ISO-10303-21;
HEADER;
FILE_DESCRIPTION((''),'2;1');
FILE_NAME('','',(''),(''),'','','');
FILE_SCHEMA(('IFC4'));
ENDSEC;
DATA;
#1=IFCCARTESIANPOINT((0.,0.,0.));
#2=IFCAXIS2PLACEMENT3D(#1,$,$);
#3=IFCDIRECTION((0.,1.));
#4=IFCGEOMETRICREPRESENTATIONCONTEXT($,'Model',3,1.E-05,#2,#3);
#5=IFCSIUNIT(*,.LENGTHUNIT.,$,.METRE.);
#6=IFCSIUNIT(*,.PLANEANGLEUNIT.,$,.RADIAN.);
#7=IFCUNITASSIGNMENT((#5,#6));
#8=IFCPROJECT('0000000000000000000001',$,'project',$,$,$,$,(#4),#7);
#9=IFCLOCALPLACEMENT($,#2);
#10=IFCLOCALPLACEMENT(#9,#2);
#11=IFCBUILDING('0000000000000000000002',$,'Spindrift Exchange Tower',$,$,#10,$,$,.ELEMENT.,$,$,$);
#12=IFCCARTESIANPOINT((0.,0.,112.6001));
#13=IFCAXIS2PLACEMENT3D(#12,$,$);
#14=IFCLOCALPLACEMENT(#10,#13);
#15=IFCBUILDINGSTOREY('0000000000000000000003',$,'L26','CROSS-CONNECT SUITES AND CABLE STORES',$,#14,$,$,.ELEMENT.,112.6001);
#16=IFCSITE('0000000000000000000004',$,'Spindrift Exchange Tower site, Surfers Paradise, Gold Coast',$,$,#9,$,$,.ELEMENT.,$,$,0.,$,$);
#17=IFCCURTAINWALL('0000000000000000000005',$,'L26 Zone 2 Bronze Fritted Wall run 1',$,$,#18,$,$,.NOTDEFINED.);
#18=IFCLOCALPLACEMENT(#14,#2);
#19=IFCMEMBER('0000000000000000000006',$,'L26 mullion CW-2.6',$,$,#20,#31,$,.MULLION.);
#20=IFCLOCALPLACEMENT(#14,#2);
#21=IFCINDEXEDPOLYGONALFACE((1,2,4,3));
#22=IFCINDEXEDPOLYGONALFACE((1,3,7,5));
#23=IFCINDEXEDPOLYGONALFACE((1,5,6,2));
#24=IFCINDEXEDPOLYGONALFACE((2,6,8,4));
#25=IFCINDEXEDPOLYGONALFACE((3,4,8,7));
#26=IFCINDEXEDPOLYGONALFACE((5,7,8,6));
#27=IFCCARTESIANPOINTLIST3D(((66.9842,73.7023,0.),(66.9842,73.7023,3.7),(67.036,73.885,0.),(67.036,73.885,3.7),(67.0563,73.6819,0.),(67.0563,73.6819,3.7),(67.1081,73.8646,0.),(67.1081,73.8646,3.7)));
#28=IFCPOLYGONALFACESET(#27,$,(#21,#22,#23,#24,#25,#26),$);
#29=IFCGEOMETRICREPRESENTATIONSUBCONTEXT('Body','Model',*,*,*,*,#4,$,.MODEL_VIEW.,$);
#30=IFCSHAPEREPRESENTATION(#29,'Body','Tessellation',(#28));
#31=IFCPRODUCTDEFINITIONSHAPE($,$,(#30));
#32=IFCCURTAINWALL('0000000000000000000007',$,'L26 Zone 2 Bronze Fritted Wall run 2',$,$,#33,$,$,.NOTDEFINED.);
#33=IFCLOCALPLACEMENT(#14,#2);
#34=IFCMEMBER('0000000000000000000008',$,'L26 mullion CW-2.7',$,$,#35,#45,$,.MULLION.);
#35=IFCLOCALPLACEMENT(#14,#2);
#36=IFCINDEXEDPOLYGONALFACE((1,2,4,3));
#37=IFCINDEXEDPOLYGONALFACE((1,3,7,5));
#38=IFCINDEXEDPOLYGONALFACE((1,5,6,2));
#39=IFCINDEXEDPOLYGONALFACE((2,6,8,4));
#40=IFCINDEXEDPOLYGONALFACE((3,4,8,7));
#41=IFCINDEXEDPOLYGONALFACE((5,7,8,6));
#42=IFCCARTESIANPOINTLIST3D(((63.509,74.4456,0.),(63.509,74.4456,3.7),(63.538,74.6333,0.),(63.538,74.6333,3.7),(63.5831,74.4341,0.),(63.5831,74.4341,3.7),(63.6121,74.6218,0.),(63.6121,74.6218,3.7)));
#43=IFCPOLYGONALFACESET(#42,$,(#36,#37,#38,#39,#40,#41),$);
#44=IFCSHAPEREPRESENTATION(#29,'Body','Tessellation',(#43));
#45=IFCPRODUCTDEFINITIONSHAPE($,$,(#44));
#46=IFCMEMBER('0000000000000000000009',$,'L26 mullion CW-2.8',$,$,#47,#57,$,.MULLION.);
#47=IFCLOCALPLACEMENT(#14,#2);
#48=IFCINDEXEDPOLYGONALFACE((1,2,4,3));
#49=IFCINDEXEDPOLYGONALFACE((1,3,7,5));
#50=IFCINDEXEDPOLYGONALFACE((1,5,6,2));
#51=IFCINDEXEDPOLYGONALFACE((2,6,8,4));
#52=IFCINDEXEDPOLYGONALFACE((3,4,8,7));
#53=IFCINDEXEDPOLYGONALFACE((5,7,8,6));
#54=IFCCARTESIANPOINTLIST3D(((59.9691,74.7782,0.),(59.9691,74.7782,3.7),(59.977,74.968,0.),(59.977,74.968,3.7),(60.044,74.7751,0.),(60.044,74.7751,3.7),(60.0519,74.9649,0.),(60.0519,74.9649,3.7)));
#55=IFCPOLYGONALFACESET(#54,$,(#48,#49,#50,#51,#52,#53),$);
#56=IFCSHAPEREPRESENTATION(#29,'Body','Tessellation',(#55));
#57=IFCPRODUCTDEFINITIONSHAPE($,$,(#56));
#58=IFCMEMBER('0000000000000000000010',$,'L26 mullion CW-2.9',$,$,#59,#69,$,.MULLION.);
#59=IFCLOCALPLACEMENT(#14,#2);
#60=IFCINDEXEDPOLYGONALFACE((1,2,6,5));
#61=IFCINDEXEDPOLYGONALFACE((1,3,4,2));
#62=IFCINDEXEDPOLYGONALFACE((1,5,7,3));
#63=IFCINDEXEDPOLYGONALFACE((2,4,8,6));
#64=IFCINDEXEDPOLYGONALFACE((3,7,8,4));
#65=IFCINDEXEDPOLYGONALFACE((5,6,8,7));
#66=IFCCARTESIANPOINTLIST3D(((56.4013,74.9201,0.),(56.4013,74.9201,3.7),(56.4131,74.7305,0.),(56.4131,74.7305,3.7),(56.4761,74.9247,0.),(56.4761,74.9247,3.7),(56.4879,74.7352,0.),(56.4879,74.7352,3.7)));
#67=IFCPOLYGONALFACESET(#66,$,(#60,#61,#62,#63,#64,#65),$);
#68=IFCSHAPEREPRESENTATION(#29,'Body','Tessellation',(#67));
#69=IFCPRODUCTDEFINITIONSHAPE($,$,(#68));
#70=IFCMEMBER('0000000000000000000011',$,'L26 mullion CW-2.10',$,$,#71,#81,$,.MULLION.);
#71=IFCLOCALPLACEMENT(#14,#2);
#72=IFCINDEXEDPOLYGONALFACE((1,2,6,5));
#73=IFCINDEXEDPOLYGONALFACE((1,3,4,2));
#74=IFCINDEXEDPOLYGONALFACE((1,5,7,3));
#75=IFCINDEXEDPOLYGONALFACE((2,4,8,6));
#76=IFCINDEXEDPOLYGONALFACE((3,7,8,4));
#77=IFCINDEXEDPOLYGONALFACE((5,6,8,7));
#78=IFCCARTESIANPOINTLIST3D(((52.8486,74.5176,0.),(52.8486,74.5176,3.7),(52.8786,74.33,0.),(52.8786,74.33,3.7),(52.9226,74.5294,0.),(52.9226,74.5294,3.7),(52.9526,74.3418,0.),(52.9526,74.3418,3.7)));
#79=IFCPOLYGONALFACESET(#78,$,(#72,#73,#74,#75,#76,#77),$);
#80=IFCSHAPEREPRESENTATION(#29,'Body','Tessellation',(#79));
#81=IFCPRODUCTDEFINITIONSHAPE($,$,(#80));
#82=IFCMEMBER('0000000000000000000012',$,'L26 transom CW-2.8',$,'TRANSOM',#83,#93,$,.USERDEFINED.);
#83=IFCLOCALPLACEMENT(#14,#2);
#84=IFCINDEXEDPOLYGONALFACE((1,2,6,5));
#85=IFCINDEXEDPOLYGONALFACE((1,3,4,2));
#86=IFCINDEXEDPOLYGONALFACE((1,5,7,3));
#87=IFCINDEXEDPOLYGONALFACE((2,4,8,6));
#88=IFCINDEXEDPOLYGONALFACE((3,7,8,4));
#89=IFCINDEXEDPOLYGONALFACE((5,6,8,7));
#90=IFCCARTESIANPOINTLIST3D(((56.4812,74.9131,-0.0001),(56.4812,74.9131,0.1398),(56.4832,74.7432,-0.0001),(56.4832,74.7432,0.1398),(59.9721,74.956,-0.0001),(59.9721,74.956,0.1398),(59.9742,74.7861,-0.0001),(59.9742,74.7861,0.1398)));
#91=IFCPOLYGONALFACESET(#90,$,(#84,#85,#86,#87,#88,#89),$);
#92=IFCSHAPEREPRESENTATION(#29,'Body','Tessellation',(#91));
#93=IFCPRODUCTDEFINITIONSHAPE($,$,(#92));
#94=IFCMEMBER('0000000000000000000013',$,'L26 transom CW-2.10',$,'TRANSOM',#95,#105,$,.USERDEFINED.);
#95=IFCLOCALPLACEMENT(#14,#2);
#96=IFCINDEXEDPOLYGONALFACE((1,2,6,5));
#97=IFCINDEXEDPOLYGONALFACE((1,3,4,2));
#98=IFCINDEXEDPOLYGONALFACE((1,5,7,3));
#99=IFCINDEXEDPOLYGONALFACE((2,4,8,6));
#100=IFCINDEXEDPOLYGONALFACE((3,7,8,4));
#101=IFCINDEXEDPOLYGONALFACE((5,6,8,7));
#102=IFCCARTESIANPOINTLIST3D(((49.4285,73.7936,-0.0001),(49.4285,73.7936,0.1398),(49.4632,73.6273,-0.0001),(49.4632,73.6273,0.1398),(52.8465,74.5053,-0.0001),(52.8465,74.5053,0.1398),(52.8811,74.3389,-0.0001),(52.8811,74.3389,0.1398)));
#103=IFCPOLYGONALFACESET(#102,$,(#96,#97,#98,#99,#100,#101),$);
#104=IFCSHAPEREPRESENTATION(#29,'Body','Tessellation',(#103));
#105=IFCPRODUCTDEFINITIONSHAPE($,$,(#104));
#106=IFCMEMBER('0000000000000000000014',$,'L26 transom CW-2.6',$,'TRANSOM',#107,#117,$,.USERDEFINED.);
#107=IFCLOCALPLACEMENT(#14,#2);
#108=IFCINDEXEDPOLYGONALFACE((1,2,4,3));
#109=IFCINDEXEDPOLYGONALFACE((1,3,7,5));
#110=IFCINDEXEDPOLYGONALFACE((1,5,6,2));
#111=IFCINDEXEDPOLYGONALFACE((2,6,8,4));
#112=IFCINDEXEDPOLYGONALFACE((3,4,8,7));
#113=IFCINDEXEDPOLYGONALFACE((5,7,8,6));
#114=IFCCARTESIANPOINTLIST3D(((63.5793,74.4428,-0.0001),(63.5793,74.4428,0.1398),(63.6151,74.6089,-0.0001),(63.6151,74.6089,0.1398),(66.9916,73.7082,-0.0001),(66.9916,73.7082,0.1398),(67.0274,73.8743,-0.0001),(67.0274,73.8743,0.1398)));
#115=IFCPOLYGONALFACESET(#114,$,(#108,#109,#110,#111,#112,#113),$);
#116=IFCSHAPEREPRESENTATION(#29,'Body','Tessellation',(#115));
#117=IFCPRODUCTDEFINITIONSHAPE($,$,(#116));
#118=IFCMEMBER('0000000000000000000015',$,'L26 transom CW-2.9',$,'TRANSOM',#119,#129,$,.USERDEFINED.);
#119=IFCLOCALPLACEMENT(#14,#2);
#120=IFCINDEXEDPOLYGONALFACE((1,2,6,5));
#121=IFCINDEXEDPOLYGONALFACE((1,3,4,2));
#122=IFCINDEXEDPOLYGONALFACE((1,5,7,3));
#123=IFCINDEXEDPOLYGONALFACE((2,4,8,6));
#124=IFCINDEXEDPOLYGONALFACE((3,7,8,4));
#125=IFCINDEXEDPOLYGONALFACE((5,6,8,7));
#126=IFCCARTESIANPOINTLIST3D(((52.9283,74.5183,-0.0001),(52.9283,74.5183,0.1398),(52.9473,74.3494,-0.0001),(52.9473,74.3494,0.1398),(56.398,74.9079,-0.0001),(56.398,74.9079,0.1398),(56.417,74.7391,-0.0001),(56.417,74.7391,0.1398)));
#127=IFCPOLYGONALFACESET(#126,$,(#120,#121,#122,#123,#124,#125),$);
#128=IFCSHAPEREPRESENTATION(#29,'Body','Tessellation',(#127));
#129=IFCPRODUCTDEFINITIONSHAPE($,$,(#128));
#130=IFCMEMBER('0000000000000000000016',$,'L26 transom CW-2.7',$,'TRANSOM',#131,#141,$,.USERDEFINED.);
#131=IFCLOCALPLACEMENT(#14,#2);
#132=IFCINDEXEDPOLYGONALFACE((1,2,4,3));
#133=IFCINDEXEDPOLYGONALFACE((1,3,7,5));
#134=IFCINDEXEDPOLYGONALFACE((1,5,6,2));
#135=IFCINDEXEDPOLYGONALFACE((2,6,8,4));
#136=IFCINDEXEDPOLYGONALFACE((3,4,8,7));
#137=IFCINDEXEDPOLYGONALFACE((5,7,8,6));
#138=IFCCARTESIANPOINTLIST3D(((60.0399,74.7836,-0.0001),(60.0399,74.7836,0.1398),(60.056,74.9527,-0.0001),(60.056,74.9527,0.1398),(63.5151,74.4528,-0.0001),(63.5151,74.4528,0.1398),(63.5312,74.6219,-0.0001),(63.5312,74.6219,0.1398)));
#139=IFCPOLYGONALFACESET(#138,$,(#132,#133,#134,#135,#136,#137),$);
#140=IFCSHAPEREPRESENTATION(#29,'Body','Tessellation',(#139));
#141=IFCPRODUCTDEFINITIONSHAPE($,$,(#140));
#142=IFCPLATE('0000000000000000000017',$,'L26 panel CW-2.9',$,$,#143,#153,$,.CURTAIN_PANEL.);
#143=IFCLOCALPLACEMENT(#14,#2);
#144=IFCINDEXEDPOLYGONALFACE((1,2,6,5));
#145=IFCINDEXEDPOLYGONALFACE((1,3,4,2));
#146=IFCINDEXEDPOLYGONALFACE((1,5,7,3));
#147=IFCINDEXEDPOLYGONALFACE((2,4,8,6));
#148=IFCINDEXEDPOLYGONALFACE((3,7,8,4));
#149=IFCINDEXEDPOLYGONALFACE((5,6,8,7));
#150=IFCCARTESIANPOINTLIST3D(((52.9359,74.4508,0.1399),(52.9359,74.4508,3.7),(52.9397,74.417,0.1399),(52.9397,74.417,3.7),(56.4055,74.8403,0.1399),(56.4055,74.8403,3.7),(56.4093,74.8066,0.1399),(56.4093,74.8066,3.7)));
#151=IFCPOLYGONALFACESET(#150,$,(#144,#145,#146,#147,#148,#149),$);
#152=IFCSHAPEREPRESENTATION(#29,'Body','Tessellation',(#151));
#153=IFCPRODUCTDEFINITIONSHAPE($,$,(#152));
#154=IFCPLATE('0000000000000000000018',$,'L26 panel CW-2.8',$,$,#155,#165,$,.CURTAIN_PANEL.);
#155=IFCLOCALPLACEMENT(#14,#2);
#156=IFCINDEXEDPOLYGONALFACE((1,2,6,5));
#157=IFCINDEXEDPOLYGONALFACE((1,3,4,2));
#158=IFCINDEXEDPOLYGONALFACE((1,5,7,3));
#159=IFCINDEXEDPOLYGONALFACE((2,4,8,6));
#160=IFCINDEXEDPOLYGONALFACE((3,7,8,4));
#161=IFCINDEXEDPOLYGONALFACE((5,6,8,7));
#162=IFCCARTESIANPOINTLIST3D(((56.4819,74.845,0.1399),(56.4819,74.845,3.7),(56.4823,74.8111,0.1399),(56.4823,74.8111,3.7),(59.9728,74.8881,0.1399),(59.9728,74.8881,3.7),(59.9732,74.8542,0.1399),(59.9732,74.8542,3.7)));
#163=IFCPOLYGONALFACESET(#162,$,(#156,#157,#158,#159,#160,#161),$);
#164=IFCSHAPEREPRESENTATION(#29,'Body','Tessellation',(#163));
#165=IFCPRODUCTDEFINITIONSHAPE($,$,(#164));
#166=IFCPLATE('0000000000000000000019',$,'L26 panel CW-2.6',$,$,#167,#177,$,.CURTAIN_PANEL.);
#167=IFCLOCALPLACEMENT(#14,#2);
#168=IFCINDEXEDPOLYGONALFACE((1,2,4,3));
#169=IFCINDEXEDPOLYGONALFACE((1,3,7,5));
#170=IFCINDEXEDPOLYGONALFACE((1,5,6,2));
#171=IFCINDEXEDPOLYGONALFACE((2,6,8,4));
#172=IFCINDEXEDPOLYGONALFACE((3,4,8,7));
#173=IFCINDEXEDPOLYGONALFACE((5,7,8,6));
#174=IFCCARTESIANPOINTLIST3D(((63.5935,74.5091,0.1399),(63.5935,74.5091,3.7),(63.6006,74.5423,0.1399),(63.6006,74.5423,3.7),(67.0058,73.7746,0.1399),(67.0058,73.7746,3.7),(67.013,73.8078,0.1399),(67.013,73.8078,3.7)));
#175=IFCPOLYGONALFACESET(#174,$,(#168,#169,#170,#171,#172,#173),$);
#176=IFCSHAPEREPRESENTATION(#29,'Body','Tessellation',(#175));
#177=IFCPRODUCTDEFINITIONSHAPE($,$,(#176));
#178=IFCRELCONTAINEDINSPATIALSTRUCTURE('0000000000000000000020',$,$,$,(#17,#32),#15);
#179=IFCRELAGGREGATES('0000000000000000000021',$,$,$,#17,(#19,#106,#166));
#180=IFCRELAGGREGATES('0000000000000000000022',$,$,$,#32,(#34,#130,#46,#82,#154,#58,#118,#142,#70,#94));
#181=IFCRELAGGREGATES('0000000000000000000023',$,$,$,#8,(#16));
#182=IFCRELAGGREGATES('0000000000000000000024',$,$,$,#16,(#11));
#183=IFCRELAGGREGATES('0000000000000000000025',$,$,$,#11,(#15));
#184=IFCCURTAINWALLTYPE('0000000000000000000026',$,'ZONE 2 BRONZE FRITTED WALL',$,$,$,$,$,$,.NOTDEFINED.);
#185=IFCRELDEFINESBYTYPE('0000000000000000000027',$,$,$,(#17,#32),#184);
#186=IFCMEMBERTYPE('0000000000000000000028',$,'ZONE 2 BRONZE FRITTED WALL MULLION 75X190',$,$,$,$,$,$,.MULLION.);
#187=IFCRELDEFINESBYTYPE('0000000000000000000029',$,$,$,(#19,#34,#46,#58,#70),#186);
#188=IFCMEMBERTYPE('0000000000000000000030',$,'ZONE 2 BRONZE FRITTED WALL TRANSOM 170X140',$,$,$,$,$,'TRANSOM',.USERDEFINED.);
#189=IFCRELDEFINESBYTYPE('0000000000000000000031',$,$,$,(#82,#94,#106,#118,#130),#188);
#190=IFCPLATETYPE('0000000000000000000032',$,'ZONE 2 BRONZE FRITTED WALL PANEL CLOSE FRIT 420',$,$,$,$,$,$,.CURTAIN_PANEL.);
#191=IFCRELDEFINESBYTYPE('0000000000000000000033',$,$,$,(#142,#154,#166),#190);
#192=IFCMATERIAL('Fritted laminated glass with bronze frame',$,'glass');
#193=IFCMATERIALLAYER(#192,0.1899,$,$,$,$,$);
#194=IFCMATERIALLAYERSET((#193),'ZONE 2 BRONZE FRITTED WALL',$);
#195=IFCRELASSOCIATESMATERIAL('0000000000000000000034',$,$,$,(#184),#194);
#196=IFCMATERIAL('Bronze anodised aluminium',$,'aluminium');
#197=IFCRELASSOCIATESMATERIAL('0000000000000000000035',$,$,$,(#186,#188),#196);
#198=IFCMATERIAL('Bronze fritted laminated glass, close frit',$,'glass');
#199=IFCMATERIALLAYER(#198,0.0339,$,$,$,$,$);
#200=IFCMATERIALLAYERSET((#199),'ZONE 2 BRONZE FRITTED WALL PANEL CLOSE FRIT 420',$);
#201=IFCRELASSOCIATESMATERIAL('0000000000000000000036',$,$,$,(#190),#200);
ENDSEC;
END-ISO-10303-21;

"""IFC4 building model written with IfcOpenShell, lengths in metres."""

from ifc_helpers import new_model, si_unit, direction, frame, origin, origin_2d, place, context, subcontext, project, spatial, rectangle, extrude, source, transform, mapped, material, layer, layer_set, material_profile, profile_set, type_object, element, aggregate, save


model = new_model("IFC4")

# Units and contexts
model_context = context("Model", 3, precision=1e-05, world=origin(), true_north=direction((0.0, 1.0)))
body_context = subcontext(model_context, "Body", "Model", "MODEL_VIEW")
ifc_project = project(units=[si_unit("LENGTHUNIT", "METRE"), si_unit("PLANEANGLEUNIT", "RADIAN")], contexts=[model_context])

# Site, building, storey
site_placement = place(None, origin())
site = spatial("IfcSite", under=ifc_project, at=site_placement, Name="Spindrift Exchange Tower site, Surfers Paradise, Gold Coast", CompositionType="ELEMENT", RefElevation=0.0)
building_placement = place(site_placement, origin())
building = spatial("IfcBuilding", under=site, at=building_placement, Name="Spindrift Exchange Tower", CompositionType="ELEMENT")
storey_placement = place(building_placement, frame((0.0, 0.0, 112.6001)))
storey = spatial("IfcBuildingStorey", under=building, at=storey_placement, Name="L26", Description="CROSS-CONNECT SUITES AND CABLE STORES", CompositionType="ELEMENT", Elevation=112.6001)

# Curtain wall, member
ifc_material_1 = material(Name="Fritted laminated glass with bronze frame", Category="glass")
ifc_layer_1 = layer(ifc_material_1, 0.1899)
ifc_layer_set_1 = layer_set([ifc_layer_1], Name="ZONE 2 BRONZE FRITTED WALL")
curtain_wall_type = type_object("IfcCurtainWallType", Name="ZONE 2 BRONZE FRITTED WALL", PredefinedType="NOTDEFINED", material=ifc_layer_set_1)
curtain_wall_1_placement = place(storey_placement, origin())
curtain_wall_1 = element("IfcCurtainWall", 1, at=curtain_wall_1_placement, inside=storey, type_object=curtain_wall_type, Name="L26 Zone 2 Bronze Fritted Wall run 1", PredefinedType="NOTDEFINED")
ifc_material_2 = material(Name="Bronze anodised aluminium", Category="aluminium")
ifc_material_profile_1 = material_profile(ifc_material_2, rectangle(XDim=0.075, YDim=0.1899, at=origin_2d()), Name="ZONE 2 BRONZE FRITTED WALL MULLION 75X190")
ifc_profile_set_1 = profile_set([ifc_material_profile_1], Name="Bronze anodised aluminium")
member_type_1 = type_object("IfcMemberType", Name="ZONE 2 BRONZE FRITTED WALL MULLION 75X190", PredefinedType="MULLION", material=ifc_profile_set_1)
shared_shape_1 = source(origin(), body_context, "Body", "SweptSolid", [
    extrude(rectangle(XDim=0.075, YDim=0.1899, at=origin_2d()), origin(), (0.0, 0.0, 1.0), 3.7),
])
member_1_placement = place(storey_placement, frame((67.0461, 73.7834, 0.0), z_axis=(0.0, 0.0, 1.0), x_axis=(-0.962013, 0.273005, 0.0)))
member_1 = element("IfcMember", 2, at=member_1_placement, type_object=member_type_1, Name="L26 mullion CW-2.6", PredefinedType="MULLION", context=body_context, shape_type="MappedRepresentation", body=[
    mapped(shared_shape_1, transform((0.0, 0.0, 0.0), scale=1.0)),
])

# Curtain wall, members
curtain_wall_2_placement = place(storey_placement, origin())
curtain_wall_2 = element("IfcCurtainWall", 3, at=curtain_wall_2_placement, inside=storey, type_object=curtain_wall_type, Name="L26 Zone 2 Bronze Fritted Wall run 2", PredefinedType="NOTDEFINED")
member_2_placement = place(storey_placement, frame((63.5605, 74.5337, 0.0), z_axis=(0.0, 0.0, 1.0), x_axis=(-0.988248, 0.152859, 0.0)))
member_2 = element("IfcMember", 4, at=member_2_placement, type_object=member_type_1, Name="L26 mullion CW-2.7", PredefinedType="MULLION", context=body_context, shape_type="MappedRepresentation", body=[
    mapped(shared_shape_1, transform((0.0, 0.0, 0.0), scale=1.0)),
])
member_3_placement = place(storey_placement, frame((60.0105, 74.8716, 0.0), z_axis=(0.0, 0.0, 1.0), x_axis=(-0.999148, 0.041269, 0.0)))
member_3 = element("IfcMember", 5, at=member_3_placement, type_object=member_type_1, Name="L26 mullion CW-2.8", PredefinedType="MULLION", context=body_context, shape_type="MappedRepresentation", body=[
    mapped(shared_shape_1, transform((0.0, 0.0, 0.0), scale=1.0)),
])
member_4_placement = place(storey_placement, frame((56.4446, 74.8276, 0.0), z_axis=(0.0, 0.0, 1.0), x_axis=(-0.998074, -0.062031, 0.0)))
member_4 = element("IfcMember", 6, at=member_4_placement, type_object=member_type_1, Name="L26 mullion CW-2.9", PredefinedType="MULLION", context=body_context, shape_type="MappedRepresentation", body=[
    mapped(shared_shape_1, transform((0.0, 0.0, 0.0), scale=1.0)),
])
member_5_placement = place(storey_placement, frame((52.9006, 74.4297, 0.0), z_axis=(0.0, 0.0, 1.0), x_axis=(-0.987461, -0.157865, 0.0)))
member_5 = element("IfcMember", 7, at=member_5_placement, type_object=member_type_1, Name="L26 mullion CW-2.10", PredefinedType="MULLION", context=body_context, shape_type="MappedRepresentation", body=[
    mapped(shared_shape_1, transform((0.0, 0.0, 0.0), scale=1.0)),
])
ifc_material_profile_2 = material_profile(ifc_material_2, rectangle(XDim=0.1699, YDim=0.1399, at=origin_2d()), Name="ZONE 2 BRONZE FRITTED WALL TRANSOM 170X140")
ifc_profile_set_2 = profile_set([ifc_material_profile_2], Name="Bronze anodised aluminium")
member_type_2 = type_object("IfcMemberType", Name="ZONE 2 BRONZE FRITTED WALL TRANSOM 170X140", ElementType="TRANSOM", PredefinedType="USERDEFINED", material=ifc_profile_set_2)
shared_shape_2 = source(origin(), body_context, "Body", "SweptSolid", [
    extrude(rectangle(XDim=0.1699, YDim=0.1399, at=origin_2d()), origin(), (0.0, 0.0, 1.0), 3.4912),
])
member_6_placement = place(storey_placement, frame((59.9731, 74.8711, 0.0698), z_axis=(-0.999924, -0.012308, 0.0), x_axis=(0.012308, -0.999924, 0.0)))
member_6 = element("IfcMember", 8, at=member_6_placement, type_object=member_type_2, Name="L26 transom CW-2.8", ObjectType="TRANSOM", PredefinedType="USERDEFINED", context=body_context, shape_type="MappedRepresentation", body=[
    mapped(shared_shape_2, transform((0.0, 0.0, 0.0), scale=1.0)),
])
member_7_placement = place(storey_placement, frame((52.8638, 74.4221, 0.0698), z_axis=(-0.979004, -0.203843, 0.0), x_axis=(0.203843, -0.979004, 0.0)))
member_7 = element("IfcMember", 9, at=member_7_placement, type_object=member_type_2, Name="L26 transom CW-2.10", ObjectType="TRANSOM", PredefinedType="USERDEFINED", context=body_context, shape_type="MappedRepresentation", body=[
    mapped(shared_shape_2, transform((0.0, 0.0, 0.0), scale=1.0)),
])

# Members
shared_shape_3 = source(origin(), body_context, "Body", "SweptSolid", [
    extrude(rectangle(XDim=0.1699, YDim=0.1399, at=origin_2d()), origin(), (0.0, 0.0, 1.0), 3.4905),
])
member_8_placement = place(storey_placement, frame((67.0095, 73.7913, 0.0698), z_axis=(-0.977602, 0.21046, 0.0), x_axis=(-0.21046, -0.977602, 0.0)))
member_8 = element("IfcMember", 10, at=member_8_placement, type_object=member_type_2, Name="L26 transom CW-2.6", ObjectType="TRANSOM", PredefinedType="USERDEFINED", context=body_context, shape_type="MappedRepresentation", body=[
    mapped(shared_shape_3, transform((0.0, 0.0, 0.0), scale=1.0)),
])
shared_shape_4 = source(origin(), body_context, "Body", "SweptSolid", [
    extrude(rectangle(XDim=0.1699, YDim=0.1399, at=origin_2d()), origin(), (0.0, 0.0, 1.0), 3.4915),
])
member_9_placement = place(storey_placement, frame((56.4075, 74.8235, 0.0698), z_axis=(-0.993753, -0.111598, 0.0), x_axis=(0.111598, -0.993753, 0.0)))
member_9 = element("IfcMember", 11, at=member_9_placement, type_object=member_type_2, Name="L26 transom CW-2.9", ObjectType="TRANSOM", PredefinedType="USERDEFINED", context=body_context, shape_type="MappedRepresentation", body=[
    mapped(shared_shape_4, transform((0.0, 0.0, 0.0), scale=1.0)),
])
shared_shape_5 = source(origin(), body_context, "Body", "SweptSolid", [
    extrude(rectangle(XDim=0.1699, YDim=0.1399, at=origin_2d()), origin(), (0.0, 0.0, 1.0), 3.491),
])
member_10_placement = place(storey_placement, frame((63.5232, 74.5374, 0.0698), z_axis=(-0.9955, 0.09476, 0.0), x_axis=(-0.09476, -0.9955, 0.0)))
member_10 = element("IfcMember", 12, at=member_10_placement, type_object=member_type_2, Name="L26 transom CW-2.7", ObjectType="TRANSOM", PredefinedType="USERDEFINED", context=body_context, shape_type="MappedRepresentation", body=[
    mapped(shared_shape_5, transform((0.0, 0.0, 0.0), scale=1.0)),
])

# Plates
ifc_material_3 = material(Name="Bronze fritted laminated glass, close frit", Category="glass")
ifc_layer_2 = layer(ifc_material_3, 0.0339)
ifc_layer_set_2 = layer_set([ifc_layer_2], Name="ZONE 2 BRONZE FRITTED WALL PANEL CLOSE FRIT 420")
plate_type = type_object("IfcPlateType", Name="ZONE 2 BRONZE FRITTED WALL PANEL CLOSE FRIT 420", PredefinedType="CURTAIN_PANEL", material=ifc_layer_set_2)
shared_shape_6 = source(origin(), body_context, "Body", "SweptSolid", [
    extrude(rectangle(XDim=3.4915, YDim=0.0339, at=origin_2d()), origin(), (0.0, 0.0, 1.0), 3.5601),
])
plate_1_placement = place(storey_placement, frame((54.6726, 74.6287, 0.1399), z_axis=(0.0, 0.0, 1.0), x_axis=(-0.993757, -0.11157, 0.0)))
plate_1 = element("IfcPlate", 13, at=plate_1_placement, type_object=plate_type, Name="L26 panel CW-2.9", PredefinedType="CURTAIN_PANEL", context=body_context, shape_type="MappedRepresentation", body=[
    mapped(shared_shape_6, transform((0.0, 0.0, 0.0), scale=1.0)),
])
shared_shape_7 = source(origin(), body_context, "Body", "SweptSolid", [
    extrude(rectangle(XDim=3.4912, YDim=0.0339, at=origin_2d()), origin(), (0.0, 0.0, 1.0), 3.5601),
])
plate_2_placement = place(storey_placement, frame((58.2275, 74.8496, 0.1399), z_axis=(0.0, 0.0, 1.0), x_axis=(-0.999924, -0.012337, 0.0)))
plate_2 = element("IfcPlate", 14, at=plate_2_placement, type_object=plate_type, Name="L26 panel CW-2.8", PredefinedType="CURTAIN_PANEL", context=body_context, shape_type="MappedRepresentation", body=[
    mapped(shared_shape_7, transform((0.0, 0.0, 0.0), scale=1.0)),
])
shared_shape_8 = source(origin(), body_context, "Body", "SweptSolid", [
    extrude(rectangle(XDim=3.4905, YDim=0.0339, at=origin_2d()), origin(), (0.0, 0.0, 1.0), 3.5601),
])
plate_3_placement = place(storey_placement, frame((65.3032, 74.1584, 0.1399), z_axis=(0.0, 0.0, 1.0), x_axis=(-0.977607, 0.210438, 0.0)))
plate_3 = element("IfcPlate", 15, at=plate_3_placement, type_object=plate_type, Name="L26 panel CW-2.6", PredefinedType="CURTAIN_PANEL", context=body_context, shape_type="MappedRepresentation", body=[
    mapped(shared_shape_8, transform((0.0, 0.0, 0.0), scale=1.0)),
])
aggregate(curtain_wall_1, [member_1, member_8, plate_3])
aggregate(curtain_wall_2, [member_2, member_10, member_3, member_6, plate_2, member_4, member_9, plate_1, member_5, member_7])

save(model, "model.ifc")
